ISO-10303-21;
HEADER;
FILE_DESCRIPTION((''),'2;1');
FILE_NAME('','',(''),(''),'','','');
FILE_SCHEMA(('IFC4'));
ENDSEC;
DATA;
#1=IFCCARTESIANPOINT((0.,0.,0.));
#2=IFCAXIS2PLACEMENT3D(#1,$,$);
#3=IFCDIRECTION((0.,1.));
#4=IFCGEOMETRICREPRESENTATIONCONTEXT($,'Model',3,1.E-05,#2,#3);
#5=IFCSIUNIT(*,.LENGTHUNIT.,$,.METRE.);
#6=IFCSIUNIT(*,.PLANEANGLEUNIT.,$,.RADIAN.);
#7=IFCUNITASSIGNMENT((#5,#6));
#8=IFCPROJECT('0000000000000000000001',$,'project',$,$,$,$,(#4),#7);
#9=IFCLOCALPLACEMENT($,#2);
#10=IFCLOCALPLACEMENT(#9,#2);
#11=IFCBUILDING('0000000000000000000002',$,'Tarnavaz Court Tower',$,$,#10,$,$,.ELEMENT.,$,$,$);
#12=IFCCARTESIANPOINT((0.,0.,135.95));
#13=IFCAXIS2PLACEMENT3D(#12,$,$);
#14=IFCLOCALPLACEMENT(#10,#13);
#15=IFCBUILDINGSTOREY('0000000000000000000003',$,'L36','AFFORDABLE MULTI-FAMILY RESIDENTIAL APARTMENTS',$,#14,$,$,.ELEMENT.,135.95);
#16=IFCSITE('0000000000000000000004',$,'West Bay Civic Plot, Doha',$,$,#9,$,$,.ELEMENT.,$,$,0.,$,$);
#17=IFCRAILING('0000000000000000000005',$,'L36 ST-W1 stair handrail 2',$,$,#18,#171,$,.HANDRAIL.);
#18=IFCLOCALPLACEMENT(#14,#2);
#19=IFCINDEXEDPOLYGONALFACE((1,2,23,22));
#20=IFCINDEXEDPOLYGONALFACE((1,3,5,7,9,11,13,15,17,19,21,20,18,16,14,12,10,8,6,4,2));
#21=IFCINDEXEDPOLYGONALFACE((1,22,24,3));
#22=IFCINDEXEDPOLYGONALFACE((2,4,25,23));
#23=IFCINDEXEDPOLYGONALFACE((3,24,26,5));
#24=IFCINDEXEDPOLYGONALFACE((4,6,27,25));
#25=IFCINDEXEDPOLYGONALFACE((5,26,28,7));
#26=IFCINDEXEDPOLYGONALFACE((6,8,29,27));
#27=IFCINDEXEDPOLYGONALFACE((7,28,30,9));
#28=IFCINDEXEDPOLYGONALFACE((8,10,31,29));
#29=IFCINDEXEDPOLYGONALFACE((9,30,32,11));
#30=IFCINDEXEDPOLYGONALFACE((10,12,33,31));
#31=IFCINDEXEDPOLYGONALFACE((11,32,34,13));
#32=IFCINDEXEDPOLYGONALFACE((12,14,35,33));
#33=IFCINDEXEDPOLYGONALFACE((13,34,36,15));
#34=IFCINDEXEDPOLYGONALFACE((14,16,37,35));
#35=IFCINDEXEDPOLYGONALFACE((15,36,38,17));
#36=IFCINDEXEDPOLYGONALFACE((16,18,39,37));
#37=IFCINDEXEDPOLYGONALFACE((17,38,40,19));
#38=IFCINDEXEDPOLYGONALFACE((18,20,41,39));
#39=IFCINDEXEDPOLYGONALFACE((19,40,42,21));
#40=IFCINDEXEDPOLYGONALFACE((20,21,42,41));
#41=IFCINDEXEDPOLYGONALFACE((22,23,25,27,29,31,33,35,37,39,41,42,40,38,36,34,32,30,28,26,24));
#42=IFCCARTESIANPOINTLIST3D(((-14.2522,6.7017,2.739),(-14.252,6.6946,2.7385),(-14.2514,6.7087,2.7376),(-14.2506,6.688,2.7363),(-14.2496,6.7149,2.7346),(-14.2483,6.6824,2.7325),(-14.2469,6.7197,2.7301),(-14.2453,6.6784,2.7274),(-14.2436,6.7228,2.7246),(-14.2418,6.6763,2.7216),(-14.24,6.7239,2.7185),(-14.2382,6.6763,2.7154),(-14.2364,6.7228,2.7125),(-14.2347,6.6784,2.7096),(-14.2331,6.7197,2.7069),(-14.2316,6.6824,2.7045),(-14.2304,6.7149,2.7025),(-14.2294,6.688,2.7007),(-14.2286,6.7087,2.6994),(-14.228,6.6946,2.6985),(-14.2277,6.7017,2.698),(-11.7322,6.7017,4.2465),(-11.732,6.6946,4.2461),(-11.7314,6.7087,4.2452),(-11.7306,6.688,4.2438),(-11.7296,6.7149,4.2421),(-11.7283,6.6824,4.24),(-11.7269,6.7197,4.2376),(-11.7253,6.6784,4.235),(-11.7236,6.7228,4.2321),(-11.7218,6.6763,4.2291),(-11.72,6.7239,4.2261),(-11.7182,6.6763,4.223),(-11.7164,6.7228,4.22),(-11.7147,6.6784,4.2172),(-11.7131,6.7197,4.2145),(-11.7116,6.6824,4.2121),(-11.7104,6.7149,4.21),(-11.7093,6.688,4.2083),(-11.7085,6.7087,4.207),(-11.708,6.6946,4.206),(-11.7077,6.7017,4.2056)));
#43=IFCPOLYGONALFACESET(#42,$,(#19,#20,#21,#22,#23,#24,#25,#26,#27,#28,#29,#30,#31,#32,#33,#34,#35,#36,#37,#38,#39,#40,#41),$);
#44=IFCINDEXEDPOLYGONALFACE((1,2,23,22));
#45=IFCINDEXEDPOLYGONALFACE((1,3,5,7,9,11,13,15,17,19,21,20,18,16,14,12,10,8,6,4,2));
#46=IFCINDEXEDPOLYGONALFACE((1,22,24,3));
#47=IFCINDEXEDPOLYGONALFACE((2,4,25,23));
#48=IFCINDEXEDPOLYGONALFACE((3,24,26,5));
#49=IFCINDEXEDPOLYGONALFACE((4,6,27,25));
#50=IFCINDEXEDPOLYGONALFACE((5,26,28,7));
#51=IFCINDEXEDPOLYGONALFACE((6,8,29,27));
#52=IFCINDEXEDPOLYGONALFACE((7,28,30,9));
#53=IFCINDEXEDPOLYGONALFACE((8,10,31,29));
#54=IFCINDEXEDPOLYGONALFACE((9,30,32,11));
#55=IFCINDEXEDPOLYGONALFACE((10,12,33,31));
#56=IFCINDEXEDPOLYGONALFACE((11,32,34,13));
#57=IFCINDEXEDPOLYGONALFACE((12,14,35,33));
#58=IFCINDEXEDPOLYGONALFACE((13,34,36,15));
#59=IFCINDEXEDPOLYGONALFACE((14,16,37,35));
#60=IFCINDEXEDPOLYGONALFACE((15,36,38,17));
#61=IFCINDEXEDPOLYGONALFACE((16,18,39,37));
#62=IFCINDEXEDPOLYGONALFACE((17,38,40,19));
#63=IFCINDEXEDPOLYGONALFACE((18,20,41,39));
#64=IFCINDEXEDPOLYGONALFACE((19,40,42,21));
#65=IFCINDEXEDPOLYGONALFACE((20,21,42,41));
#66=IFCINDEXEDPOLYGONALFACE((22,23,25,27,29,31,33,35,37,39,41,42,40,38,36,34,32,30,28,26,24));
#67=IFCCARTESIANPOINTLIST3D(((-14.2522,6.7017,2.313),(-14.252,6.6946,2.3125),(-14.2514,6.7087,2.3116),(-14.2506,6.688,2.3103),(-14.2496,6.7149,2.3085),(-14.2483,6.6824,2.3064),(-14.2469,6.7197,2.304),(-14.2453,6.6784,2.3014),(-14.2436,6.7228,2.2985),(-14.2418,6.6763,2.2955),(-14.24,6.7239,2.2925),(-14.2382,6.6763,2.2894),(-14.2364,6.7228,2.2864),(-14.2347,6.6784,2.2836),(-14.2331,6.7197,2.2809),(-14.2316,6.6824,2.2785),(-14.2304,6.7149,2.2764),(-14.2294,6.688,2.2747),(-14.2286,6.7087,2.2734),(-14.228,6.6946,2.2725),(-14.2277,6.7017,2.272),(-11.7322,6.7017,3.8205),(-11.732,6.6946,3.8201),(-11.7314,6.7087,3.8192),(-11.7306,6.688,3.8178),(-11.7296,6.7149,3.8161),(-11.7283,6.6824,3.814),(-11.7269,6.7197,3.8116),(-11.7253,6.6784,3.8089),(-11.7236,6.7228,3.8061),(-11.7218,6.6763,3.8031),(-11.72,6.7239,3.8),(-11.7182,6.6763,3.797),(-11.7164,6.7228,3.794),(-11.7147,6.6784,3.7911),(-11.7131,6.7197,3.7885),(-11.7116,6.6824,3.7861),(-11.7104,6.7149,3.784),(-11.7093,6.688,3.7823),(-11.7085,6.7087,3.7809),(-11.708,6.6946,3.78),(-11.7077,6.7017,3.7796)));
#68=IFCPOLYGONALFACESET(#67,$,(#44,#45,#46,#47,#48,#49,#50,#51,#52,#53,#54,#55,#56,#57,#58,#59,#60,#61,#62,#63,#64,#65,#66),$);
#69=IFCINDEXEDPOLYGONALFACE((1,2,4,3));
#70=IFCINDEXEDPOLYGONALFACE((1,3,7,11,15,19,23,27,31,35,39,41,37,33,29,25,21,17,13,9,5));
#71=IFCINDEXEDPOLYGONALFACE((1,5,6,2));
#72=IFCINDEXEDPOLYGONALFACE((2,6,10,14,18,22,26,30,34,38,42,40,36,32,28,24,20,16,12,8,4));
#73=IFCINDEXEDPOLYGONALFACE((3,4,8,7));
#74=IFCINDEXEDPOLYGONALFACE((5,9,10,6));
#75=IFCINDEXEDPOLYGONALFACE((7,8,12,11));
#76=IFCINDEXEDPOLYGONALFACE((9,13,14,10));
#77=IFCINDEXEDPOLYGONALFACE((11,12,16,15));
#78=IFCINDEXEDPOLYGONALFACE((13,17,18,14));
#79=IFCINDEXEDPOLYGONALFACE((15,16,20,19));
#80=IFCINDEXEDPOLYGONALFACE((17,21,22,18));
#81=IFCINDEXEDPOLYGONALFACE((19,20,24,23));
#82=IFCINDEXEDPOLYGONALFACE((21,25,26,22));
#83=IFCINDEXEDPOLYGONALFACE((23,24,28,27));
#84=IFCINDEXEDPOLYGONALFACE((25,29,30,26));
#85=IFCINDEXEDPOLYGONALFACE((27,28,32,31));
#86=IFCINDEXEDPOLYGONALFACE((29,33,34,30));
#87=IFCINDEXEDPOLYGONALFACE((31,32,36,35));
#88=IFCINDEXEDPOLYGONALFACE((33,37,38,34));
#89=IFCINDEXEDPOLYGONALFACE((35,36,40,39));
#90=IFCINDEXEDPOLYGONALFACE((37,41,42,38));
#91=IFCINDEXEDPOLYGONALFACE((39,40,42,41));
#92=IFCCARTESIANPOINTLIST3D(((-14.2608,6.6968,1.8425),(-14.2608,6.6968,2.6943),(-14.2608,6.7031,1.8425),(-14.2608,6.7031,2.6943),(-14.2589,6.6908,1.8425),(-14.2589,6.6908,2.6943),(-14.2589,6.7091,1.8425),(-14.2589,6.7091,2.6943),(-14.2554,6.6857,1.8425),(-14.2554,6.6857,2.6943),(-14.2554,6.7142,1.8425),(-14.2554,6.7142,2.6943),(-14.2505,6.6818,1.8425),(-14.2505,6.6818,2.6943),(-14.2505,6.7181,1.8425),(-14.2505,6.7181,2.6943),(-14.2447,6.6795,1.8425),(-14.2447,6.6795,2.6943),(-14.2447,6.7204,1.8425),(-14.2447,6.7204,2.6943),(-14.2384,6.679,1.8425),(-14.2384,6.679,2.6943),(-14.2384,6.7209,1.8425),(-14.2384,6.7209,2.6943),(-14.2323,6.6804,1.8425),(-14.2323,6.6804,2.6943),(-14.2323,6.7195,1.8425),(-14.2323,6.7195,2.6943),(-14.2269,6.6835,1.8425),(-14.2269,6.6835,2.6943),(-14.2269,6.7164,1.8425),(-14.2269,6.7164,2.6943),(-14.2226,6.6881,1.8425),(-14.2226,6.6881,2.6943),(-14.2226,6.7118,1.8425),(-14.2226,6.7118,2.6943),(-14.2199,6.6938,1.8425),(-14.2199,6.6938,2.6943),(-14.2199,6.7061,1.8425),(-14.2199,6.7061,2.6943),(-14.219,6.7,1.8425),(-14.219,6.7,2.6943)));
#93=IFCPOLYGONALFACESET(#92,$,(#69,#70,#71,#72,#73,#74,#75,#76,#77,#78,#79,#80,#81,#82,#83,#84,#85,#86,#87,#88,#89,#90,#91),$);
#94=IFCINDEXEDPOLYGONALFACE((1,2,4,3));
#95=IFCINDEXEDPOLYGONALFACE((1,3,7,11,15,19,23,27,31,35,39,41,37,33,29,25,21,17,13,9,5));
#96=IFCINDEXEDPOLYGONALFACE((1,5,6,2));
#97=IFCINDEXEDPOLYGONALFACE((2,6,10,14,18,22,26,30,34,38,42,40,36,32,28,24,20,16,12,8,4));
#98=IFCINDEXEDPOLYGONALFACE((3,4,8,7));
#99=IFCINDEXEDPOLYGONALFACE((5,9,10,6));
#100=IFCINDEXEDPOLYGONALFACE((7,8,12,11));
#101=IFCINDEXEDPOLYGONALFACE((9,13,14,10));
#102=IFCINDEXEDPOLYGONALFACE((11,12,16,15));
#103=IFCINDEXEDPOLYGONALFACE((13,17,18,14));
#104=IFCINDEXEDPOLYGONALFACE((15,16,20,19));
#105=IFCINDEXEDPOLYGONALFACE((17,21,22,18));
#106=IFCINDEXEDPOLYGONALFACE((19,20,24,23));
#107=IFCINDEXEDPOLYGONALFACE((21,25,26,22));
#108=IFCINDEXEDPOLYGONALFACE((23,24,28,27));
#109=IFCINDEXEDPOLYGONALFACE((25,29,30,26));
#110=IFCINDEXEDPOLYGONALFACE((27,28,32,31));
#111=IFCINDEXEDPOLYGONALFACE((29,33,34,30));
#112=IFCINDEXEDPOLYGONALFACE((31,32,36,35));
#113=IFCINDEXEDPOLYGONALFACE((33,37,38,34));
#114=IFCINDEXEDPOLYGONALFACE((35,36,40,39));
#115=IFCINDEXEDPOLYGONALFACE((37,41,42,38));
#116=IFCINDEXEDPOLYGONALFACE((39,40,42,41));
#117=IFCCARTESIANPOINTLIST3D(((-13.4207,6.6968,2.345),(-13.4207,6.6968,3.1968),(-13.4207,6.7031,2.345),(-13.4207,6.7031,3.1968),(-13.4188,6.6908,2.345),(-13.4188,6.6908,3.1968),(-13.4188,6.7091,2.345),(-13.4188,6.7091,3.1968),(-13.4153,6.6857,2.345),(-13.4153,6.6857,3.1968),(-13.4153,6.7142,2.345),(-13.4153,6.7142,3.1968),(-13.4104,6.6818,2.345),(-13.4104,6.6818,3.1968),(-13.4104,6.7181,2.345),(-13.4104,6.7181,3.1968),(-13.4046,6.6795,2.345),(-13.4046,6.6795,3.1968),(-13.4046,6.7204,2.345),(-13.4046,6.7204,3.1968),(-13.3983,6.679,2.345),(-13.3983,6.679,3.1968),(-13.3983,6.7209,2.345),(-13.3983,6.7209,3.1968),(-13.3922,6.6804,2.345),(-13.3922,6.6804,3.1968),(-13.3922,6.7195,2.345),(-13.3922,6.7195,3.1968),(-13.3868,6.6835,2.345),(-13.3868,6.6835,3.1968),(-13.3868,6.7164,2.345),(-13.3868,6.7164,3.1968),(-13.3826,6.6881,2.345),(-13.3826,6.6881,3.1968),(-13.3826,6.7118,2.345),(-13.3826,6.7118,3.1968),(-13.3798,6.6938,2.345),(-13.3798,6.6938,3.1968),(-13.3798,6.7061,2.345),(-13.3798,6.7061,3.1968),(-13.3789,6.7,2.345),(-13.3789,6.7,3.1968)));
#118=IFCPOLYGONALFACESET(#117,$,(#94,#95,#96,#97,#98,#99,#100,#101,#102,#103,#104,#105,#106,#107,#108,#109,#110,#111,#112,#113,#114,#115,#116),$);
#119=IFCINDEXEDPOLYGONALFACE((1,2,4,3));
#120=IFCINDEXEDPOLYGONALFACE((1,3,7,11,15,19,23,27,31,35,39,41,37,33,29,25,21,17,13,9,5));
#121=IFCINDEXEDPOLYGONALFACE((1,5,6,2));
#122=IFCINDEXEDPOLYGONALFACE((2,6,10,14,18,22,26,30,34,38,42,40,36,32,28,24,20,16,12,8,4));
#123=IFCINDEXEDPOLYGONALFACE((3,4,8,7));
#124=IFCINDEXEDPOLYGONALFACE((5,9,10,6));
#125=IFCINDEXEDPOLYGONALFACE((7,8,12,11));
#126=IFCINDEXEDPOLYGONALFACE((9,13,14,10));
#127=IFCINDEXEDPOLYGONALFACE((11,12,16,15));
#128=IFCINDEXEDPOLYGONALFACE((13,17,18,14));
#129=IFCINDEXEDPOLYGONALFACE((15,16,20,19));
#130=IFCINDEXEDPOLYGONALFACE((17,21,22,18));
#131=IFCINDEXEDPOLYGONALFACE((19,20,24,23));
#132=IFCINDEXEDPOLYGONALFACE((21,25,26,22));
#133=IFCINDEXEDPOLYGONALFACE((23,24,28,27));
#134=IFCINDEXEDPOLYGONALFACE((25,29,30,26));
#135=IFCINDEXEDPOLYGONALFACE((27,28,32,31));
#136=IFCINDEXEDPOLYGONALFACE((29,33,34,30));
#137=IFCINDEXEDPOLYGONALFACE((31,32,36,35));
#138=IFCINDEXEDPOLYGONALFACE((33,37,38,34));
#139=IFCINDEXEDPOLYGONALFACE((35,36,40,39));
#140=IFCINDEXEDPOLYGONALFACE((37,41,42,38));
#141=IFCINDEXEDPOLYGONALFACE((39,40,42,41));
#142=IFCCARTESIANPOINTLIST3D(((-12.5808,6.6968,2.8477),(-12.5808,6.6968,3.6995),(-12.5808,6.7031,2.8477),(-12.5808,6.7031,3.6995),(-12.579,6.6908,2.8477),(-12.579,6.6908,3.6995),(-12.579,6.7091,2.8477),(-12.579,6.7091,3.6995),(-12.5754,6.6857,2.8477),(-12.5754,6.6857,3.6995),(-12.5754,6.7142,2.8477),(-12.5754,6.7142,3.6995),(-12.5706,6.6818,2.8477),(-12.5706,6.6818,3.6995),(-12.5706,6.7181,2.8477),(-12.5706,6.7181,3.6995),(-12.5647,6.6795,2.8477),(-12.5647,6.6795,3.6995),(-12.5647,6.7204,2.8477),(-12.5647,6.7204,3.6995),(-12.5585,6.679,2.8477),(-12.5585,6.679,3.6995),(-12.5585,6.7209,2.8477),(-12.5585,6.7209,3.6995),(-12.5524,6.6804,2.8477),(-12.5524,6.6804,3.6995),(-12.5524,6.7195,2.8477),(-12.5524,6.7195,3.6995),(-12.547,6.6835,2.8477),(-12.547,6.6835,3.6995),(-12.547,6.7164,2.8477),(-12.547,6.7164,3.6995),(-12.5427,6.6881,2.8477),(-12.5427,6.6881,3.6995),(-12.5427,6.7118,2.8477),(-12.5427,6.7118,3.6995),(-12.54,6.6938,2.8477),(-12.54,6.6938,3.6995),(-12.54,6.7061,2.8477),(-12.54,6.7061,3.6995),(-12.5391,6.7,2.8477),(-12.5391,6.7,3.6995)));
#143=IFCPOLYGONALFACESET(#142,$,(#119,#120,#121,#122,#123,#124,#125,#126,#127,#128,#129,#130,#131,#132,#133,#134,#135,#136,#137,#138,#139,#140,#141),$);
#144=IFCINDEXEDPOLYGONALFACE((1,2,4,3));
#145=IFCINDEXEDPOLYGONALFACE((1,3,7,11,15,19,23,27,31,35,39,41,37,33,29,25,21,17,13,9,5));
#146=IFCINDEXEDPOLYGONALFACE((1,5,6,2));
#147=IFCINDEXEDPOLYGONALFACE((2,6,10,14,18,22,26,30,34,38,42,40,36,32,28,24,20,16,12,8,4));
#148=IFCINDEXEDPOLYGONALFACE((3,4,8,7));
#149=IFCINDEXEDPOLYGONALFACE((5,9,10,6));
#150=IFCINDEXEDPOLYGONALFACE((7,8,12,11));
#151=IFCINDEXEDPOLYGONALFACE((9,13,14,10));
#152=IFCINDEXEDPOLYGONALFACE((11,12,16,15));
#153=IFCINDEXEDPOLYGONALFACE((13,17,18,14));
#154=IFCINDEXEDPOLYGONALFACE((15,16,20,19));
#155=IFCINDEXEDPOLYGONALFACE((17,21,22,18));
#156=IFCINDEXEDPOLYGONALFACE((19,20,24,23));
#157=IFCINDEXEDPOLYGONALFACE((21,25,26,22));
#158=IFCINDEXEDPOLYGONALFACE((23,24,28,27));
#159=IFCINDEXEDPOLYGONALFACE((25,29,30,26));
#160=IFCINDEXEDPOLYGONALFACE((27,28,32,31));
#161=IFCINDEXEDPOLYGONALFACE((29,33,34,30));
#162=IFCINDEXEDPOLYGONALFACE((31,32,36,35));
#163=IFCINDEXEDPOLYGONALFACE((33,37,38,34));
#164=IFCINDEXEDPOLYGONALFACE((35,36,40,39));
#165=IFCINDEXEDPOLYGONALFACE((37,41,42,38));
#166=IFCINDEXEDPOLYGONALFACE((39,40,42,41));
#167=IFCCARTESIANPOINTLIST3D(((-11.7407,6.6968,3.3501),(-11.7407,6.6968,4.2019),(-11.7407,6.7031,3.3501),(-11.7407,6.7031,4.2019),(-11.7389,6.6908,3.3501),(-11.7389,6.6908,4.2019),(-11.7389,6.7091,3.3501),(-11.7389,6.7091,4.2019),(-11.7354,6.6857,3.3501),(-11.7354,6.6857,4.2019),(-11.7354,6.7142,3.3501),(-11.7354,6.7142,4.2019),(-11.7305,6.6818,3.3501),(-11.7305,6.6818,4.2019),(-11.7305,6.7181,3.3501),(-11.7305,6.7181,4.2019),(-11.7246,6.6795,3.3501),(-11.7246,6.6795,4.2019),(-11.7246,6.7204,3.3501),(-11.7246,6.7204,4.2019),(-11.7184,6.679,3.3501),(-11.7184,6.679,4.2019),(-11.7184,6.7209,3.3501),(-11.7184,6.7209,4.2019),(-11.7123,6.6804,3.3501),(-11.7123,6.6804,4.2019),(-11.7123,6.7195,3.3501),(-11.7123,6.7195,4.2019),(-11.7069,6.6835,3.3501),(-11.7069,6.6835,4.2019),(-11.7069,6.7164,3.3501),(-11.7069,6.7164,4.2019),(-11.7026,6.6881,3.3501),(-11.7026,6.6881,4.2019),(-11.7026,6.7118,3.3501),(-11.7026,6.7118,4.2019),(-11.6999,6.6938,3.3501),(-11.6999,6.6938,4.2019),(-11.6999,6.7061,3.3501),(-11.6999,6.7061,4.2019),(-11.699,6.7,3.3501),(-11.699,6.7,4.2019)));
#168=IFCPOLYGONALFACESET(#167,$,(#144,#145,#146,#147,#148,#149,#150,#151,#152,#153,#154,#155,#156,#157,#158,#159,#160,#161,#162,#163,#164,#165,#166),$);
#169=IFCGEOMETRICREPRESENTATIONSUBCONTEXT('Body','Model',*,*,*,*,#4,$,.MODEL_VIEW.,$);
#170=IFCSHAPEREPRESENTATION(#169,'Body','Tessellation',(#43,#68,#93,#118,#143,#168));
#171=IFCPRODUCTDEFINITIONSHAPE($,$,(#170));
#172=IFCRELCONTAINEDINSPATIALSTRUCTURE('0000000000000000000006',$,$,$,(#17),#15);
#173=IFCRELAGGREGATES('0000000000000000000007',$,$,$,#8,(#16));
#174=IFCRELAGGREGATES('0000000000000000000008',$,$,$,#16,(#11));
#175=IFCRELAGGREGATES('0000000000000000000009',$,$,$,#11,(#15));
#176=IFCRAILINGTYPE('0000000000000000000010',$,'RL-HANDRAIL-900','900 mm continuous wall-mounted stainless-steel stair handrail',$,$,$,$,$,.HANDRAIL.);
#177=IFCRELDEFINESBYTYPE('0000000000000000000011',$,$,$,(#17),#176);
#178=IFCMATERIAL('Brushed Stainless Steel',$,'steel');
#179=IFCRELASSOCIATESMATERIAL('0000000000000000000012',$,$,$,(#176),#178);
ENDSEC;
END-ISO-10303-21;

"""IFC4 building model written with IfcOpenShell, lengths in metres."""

from ifc_helpers import new_model, si_unit, direction, frame, origin, origin_2d, place, context, subcontext, project, spatial, circle, extrude, material, type_object, element, save


model = new_model("IFC4")

# Units and contexts
model_context = context("Model", 3, precision=1e-05, world=origin(), true_north=direction((0.0, 1.0)))
body_context = subcontext(model_context, "Body", "Model", "MODEL_VIEW")
ifc_project = project(units=[si_unit("LENGTHUNIT", "METRE"), si_unit("PLANEANGLEUNIT", "RADIAN")], contexts=[model_context])

# Site, building, storey
site_placement = place(None, origin())
site = spatial("IfcSite", under=ifc_project, at=site_placement, Name="West Bay Civic Plot, Doha", CompositionType="ELEMENT", RefElevation=0.0)
building_placement = place(site_placement, origin())
building = spatial("IfcBuilding", under=site, at=building_placement, Name="Tarnavaz Court Tower", CompositionType="ELEMENT")
storey_placement = place(building_placement, frame((0.0, 0.0, 135.95)))
storey = spatial("IfcBuildingStorey", under=building, at=storey_placement, Name="L36", Description="AFFORDABLE MULTI-FAMILY RESIDENTIAL APARTMENTS", CompositionType="ELEMENT", Elevation=135.95)

# Railing
ifc_material_1 = material(Name="Brushed Stainless Steel", Category="steel")
railing_type_1 = type_object("IfcRailingType", Name="RL-HANDRAIL-900", Description="900 mm continuous wall-mounted stainless-steel stair handrail", PredefinedType="HANDRAIL", material=ifc_material_1)
railing_1_placement = place(storey_placement, frame((-14.24, 6.7, 1.8425)))
element("IfcRailing", 1, at=railing_1_placement, inside=storey, type_object=railing_type_1, Name="L36 ST-W1 stair handrail 2", PredefinedType="HANDRAIL", context=body_context, shape_type="SweptSolid", body=[
    extrude(circle(Radius=0.0239, at=origin_2d()), frame((0.0, 0.0, 0.876), z_axis=(0.85816, 0.0, 0.513383), x_axis=(0.0, 1.0, 0.0)), (0.0, 0.0, 1.0), 2.9365),
    extrude(circle(Radius=0.0239, at=origin_2d()), frame((0.0, 0.0, 0.45), z_axis=(0.85816, 0.0, 0.513383), x_axis=(0.0, 1.0, 0.0)), (0.0, 0.0, 1.0), 2.9365),
    extrude(circle(Radius=0.021, at=origin_2d()), origin(), (0.0, 0.0, 1.0), 0.8518),
    extrude(circle(Radius=0.021, at=origin_2d()), frame((0.8401, 0.0, 0.5024)), (0.0, 0.0, 1.0), 0.8518),
    extrude(circle(Radius=0.021, at=origin_2d()), frame((1.6799, 0.0, 1.0051)), (0.0, 0.0, 1.0), 0.8518),
    extrude(circle(Radius=0.021, at=origin_2d()), frame((2.52, 0.0, 1.5076)), (0.0, 0.0, 1.0), 0.8518),
])

save(model, "model.ifc")
